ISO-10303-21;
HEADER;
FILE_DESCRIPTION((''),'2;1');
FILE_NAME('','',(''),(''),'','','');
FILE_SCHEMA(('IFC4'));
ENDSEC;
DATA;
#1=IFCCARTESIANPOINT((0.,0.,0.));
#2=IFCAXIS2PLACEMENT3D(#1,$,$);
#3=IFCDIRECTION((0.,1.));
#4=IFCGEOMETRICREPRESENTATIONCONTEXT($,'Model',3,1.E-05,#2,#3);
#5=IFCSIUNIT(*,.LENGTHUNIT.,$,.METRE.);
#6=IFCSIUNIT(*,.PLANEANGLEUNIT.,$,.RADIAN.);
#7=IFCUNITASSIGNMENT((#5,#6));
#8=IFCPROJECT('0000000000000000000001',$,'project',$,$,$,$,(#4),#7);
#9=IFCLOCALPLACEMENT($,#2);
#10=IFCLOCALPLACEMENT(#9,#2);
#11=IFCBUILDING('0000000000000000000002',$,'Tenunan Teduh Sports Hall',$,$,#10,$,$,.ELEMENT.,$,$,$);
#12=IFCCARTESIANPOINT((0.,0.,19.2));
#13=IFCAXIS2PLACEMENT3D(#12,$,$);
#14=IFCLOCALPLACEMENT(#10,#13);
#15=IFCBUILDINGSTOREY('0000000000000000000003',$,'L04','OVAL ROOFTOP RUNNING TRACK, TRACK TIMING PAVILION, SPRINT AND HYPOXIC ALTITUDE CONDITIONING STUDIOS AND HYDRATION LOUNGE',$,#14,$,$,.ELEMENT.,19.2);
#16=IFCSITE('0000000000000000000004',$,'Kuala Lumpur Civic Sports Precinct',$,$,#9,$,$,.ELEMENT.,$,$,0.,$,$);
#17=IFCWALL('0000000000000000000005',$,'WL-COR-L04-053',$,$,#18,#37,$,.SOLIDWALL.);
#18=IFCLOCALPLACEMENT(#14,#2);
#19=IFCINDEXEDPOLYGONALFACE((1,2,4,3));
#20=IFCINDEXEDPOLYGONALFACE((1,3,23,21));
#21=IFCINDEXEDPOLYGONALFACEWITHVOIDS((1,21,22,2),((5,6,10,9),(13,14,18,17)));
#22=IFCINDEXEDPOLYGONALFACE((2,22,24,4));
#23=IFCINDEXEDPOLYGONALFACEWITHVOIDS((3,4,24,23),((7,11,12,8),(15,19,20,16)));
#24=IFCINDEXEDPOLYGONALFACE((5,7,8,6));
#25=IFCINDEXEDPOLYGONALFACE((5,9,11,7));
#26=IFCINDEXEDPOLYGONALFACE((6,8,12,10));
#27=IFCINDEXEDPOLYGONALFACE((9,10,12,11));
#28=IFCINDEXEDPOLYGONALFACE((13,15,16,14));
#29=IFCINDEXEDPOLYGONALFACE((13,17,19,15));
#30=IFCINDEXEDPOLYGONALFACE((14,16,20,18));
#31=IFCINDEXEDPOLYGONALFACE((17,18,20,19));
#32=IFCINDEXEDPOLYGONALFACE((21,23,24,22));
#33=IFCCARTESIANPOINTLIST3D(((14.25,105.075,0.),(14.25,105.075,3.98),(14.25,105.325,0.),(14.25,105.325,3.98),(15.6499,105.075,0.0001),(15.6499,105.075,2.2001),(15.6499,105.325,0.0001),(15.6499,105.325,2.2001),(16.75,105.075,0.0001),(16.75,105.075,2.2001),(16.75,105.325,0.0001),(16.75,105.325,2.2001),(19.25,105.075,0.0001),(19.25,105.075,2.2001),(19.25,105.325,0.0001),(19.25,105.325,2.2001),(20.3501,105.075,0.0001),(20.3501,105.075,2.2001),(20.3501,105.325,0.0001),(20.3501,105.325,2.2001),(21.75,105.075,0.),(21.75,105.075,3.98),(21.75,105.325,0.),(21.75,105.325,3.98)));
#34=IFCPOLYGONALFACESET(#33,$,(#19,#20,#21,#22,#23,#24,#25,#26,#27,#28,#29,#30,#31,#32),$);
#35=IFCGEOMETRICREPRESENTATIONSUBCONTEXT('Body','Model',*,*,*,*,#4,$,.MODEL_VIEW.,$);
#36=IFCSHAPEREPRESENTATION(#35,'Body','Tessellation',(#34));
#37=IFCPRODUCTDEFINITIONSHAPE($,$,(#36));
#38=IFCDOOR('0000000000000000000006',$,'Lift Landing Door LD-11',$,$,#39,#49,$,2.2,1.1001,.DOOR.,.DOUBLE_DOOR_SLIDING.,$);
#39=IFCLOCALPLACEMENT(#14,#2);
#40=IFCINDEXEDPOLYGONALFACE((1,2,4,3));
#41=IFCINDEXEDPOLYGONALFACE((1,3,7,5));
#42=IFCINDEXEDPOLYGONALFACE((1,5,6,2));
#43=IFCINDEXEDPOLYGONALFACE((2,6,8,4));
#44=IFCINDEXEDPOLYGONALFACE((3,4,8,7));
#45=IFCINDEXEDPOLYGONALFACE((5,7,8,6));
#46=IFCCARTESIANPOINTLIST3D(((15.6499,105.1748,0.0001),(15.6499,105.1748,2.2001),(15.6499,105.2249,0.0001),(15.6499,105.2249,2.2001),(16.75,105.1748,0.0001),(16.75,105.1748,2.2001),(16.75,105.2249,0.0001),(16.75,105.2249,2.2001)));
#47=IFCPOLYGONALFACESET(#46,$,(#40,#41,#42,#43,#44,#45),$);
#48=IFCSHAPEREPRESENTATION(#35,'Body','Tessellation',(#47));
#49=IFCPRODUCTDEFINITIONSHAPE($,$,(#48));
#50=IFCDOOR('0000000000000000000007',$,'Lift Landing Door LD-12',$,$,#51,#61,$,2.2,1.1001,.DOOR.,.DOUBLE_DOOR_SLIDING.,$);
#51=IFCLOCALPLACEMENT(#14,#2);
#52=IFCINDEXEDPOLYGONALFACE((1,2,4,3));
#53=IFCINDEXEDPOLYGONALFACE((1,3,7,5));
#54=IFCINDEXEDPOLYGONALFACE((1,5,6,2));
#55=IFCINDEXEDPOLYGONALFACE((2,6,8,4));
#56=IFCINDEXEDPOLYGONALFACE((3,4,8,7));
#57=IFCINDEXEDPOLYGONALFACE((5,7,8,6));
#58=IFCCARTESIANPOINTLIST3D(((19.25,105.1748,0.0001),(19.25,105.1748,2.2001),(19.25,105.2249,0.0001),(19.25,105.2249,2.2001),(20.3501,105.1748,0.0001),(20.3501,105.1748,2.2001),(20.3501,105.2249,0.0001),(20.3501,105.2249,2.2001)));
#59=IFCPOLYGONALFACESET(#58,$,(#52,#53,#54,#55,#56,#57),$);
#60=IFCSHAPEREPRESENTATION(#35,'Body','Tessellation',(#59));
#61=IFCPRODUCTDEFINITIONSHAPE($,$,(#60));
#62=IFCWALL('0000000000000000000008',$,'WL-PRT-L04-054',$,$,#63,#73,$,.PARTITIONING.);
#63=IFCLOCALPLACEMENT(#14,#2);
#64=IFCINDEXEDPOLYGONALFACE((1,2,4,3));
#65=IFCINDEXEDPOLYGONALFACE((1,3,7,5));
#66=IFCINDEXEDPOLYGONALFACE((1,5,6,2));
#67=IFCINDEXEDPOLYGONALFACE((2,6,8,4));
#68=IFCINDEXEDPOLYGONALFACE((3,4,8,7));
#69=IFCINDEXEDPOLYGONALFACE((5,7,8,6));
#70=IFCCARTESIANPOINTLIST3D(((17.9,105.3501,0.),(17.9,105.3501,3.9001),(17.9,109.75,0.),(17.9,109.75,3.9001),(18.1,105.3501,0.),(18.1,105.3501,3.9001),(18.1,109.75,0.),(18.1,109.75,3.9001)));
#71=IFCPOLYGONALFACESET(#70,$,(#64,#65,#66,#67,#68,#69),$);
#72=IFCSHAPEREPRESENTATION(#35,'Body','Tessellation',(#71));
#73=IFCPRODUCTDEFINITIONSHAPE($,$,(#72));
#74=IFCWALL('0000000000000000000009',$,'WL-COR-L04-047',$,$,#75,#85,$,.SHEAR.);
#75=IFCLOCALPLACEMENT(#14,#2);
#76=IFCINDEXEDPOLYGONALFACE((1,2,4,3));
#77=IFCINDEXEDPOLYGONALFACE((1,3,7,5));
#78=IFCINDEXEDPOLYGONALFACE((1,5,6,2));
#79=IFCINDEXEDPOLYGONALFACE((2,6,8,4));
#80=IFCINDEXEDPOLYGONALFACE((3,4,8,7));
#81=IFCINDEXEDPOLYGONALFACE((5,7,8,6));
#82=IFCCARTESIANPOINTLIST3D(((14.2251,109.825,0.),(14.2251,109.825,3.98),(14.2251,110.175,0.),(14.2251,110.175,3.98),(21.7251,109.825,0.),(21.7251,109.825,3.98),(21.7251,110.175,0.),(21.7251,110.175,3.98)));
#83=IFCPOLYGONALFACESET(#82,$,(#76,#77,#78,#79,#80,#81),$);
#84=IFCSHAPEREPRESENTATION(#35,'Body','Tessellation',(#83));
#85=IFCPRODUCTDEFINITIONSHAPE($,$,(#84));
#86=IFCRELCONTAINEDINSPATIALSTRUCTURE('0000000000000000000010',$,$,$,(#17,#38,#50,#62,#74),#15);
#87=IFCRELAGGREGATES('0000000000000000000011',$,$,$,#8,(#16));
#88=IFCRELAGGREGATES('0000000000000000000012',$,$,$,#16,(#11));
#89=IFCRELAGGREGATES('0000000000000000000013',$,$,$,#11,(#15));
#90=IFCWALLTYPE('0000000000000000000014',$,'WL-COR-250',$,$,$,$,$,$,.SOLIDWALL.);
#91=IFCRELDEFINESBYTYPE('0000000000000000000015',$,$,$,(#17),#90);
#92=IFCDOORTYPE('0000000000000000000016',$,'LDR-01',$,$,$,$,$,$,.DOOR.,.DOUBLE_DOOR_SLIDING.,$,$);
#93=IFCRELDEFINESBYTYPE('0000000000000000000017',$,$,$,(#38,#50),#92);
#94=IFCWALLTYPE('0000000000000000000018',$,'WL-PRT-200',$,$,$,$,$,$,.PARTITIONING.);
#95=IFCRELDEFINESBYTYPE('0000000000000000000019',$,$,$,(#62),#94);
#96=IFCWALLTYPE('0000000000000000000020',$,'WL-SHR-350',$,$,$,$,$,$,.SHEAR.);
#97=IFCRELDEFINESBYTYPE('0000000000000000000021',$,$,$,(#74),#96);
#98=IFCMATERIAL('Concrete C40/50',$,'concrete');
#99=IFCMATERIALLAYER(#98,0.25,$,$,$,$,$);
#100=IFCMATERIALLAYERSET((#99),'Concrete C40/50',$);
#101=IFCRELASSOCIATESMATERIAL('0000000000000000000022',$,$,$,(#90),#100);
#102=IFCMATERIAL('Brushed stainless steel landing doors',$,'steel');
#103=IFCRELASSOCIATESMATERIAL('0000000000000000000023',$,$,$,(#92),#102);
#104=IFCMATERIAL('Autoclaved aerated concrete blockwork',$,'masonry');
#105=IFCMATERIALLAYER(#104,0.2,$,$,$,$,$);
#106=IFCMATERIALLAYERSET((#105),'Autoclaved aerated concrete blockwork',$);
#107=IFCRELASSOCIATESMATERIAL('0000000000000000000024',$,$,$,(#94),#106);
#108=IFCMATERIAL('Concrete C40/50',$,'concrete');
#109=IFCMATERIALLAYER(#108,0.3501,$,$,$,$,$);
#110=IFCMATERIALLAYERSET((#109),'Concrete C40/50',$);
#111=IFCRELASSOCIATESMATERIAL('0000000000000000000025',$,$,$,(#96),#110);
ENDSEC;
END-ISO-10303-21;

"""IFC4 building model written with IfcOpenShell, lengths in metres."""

from ifc_helpers import new_model, si_unit, direction, frame, frame_2d, origin, place, context, subcontext, project, spatial, rectangle, extrude, material, layer, layer_set, type_object, element, fill, save


model = new_model("IFC4")

# Units and contexts
model_context = context("Model", 3, precision=1e-05, world=origin(), true_north=direction((0.0, 1.0)))
body_context = subcontext(model_context, "Body", "Model", "MODEL_VIEW")
ifc_project = project(units=[si_unit("LENGTHUNIT", "METRE"), si_unit("PLANEANGLEUNIT", "RADIAN")], contexts=[model_context])

# Site, building, storey
site_placement = place(None, origin())
site = spatial("IfcSite", under=ifc_project, at=site_placement, Name="Kuala Lumpur Civic Sports Precinct", CompositionType="ELEMENT", RefElevation=0.0)
building_placement = place(site_placement, origin())
building = spatial("IfcBuilding", under=site, at=building_placement, Name="Tenunan Teduh Sports Hall", CompositionType="ELEMENT")
storey_placement = place(building_placement, frame((0.0, 0.0, 19.2)))
storey = spatial("IfcBuildingStorey", under=building, at=storey_placement, Name="L04", Description="OVAL ROOFTOP RUNNING TRACK, TRACK TIMING PAVILION, SPRINT AND HYPOXIC ALTITUDE CONDITIONING STUDIOS AND HYDRATION LOUNGE", CompositionType="ELEMENT", Elevation=19.2)

# Wall, openings, doors
ifc_material_1 = material(Name="Concrete C40/50", Category="concrete")
ifc_layer_1 = layer(ifc_material_1, 0.25)
ifc_layer_set_1 = layer_set([ifc_layer_1], Name="Concrete C40/50")
wall_type_1 = type_object("IfcWallType", Name="WL-COR-250", PredefinedType="SOLIDWALL", material=ifc_layer_set_1)
wall_1_placement = place(storey_placement, frame((14.25, 105.2, 0.0), z_axis=(0.0, 0.0, 1.0), x_axis=(1.0, 0.0, 0.0)))
wall_1 = element("IfcWall", 1, at=wall_1_placement, inside=storey, type_object=wall_type_1, Name="WL-COR-L04-053", PredefinedType="SOLIDWALL", context=body_context, shape_type="SweptSolid", body=[
    extrude(rectangle(XDim=7.5, YDim=0.25, at=frame_2d((3.75, 0.0))), origin(), (0.0, 0.0, 1.0), 3.98),
])
opening_1_placement = place(wall_1_placement, frame((1.3999, 0.0, 0.0)))
opening_1 = element("IfcOpeningElement", 2, at=opening_1_placement, cuts=wall_1, PredefinedType="OPENING", context=body_context, shape_type="SweptSolid", body=[
    extrude(rectangle(XDim=1.1001, YDim=2.2, at=frame_2d((0.55, 1.1001))), frame((0.0, 0.135, 0.0), z_axis=(0.0, -1.0, 0.0), x_axis=(1.0, 0.0, 0.0)), (0.0, 0.0, 1.0), 0.27),
])
opening_2_placement = place(wall_1_placement, frame((5.0, 0.0, 0.0)))
opening_2 = element("IfcOpeningElement", 3, at=opening_2_placement, cuts=wall_1, PredefinedType="OPENING", context=body_context, shape_type="SweptSolid", body=[
    extrude(rectangle(XDim=1.1001, YDim=2.2, at=frame_2d((0.55, 1.1001))), frame((0.0, 0.135, 0.0), z_axis=(0.0, -1.0, 0.0), x_axis=(1.0, 0.0, 0.0)), (0.0, 0.0, 1.0), 0.27),
])
ifc_material_2 = material(Name="Brushed stainless steel landing doors", Category="steel")
door_type = type_object("IfcDoorType", Name="LDR-01", OperationType="DOUBLE_DOOR_SLIDING", PredefinedType="DOOR", material=ifc_material_2)
door_1_placement = place(opening_1_placement, origin())
door_1 = element("IfcDoor", 4, at=door_1_placement, inside=storey, type_object=door_type, Name="Lift Landing Door LD-11", OperationType="DOUBLE_DOOR_SLIDING", OverallHeight=2.2, OverallWidth=1.1001, PredefinedType="DOOR", context=body_context, shape_type="SweptSolid", body=[
    extrude(rectangle(XDim=1.1001, YDim=2.2, at=frame_2d((0.55, 1.1001))), frame((0.0, 0.0249, 0.0), z_axis=(0.0, -1.0, 0.0), x_axis=(1.0, 0.0, 0.0)), (0.0, 0.0, 1.0), 0.05),
])
fill(opening_1, door_1)
door_2_placement = place(opening_2_placement, origin())
door_2 = element("IfcDoor", 5, at=door_2_placement, inside=storey, type_object=door_type, Name="Lift Landing Door LD-12", OperationType="DOUBLE_DOOR_SLIDING", OverallHeight=2.2, OverallWidth=1.1001, PredefinedType="DOOR", context=body_context, shape_type="SweptSolid", body=[
    extrude(rectangle(XDim=1.1001, YDim=2.2, at=frame_2d((0.55, 1.1001))), frame((0.0, 0.0249, 0.0), z_axis=(0.0, -1.0, 0.0), x_axis=(1.0, 0.0, 0.0)), (0.0, 0.0, 1.0), 0.05),
])
fill(opening_2, door_2)

# Walls
ifc_material_3 = material(Name="Autoclaved aerated concrete blockwork", Category="masonry")
ifc_layer_2 = layer(ifc_material_3, 0.2)
ifc_layer_set_2 = layer_set([ifc_layer_2], Name="Autoclaved aerated concrete blockwork")
wall_type_2 = type_object("IfcWallType", Name="WL-PRT-200", PredefinedType="PARTITIONING", material=ifc_layer_set_2)
wall_2_placement = place(storey_placement, frame((18.0, 105.3501, 0.0), z_axis=(0.0, 0.0, 1.0), x_axis=(0.0, 1.0, 0.0)))
element("IfcWall", 6, at=wall_2_placement, inside=storey, type_object=wall_type_2, Name="WL-PRT-L04-054", PredefinedType="PARTITIONING", context=body_context, shape_type="SweptSolid", body=[
    extrude(rectangle(XDim=4.3999, YDim=0.2, at=frame_2d((2.2, 0.0))), origin(), (0.0, 0.0, 1.0), 3.9001),
])
ifc_material_4 = material(Name="Concrete C40/50", Category="concrete")
ifc_layer_3 = layer(ifc_material_4, 0.3501)
ifc_layer_set_3 = layer_set([ifc_layer_3], Name="Concrete C40/50")
wall_type_3 = type_object("IfcWallType", Name="WL-SHR-350", PredefinedType="SHEAR", material=ifc_layer_set_3)
wall_3_placement = place(storey_placement, frame((14.2251, 110.0, 0.0), z_axis=(0.0, 0.0, 1.0), x_axis=(1.0, 0.0, 0.0)))
element("IfcWall", 7, at=wall_3_placement, inside=storey, type_object=wall_type_3, Name="WL-COR-L04-047", PredefinedType="SHEAR", context=body_context, shape_type="SweptSolid", body=[
    extrude(rectangle(XDim=7.5, YDim=0.3501, at=frame_2d((3.75, 0.0))), origin(), (0.0, 0.0, 1.0), 3.98),
])

save(model, "model.ifc")
